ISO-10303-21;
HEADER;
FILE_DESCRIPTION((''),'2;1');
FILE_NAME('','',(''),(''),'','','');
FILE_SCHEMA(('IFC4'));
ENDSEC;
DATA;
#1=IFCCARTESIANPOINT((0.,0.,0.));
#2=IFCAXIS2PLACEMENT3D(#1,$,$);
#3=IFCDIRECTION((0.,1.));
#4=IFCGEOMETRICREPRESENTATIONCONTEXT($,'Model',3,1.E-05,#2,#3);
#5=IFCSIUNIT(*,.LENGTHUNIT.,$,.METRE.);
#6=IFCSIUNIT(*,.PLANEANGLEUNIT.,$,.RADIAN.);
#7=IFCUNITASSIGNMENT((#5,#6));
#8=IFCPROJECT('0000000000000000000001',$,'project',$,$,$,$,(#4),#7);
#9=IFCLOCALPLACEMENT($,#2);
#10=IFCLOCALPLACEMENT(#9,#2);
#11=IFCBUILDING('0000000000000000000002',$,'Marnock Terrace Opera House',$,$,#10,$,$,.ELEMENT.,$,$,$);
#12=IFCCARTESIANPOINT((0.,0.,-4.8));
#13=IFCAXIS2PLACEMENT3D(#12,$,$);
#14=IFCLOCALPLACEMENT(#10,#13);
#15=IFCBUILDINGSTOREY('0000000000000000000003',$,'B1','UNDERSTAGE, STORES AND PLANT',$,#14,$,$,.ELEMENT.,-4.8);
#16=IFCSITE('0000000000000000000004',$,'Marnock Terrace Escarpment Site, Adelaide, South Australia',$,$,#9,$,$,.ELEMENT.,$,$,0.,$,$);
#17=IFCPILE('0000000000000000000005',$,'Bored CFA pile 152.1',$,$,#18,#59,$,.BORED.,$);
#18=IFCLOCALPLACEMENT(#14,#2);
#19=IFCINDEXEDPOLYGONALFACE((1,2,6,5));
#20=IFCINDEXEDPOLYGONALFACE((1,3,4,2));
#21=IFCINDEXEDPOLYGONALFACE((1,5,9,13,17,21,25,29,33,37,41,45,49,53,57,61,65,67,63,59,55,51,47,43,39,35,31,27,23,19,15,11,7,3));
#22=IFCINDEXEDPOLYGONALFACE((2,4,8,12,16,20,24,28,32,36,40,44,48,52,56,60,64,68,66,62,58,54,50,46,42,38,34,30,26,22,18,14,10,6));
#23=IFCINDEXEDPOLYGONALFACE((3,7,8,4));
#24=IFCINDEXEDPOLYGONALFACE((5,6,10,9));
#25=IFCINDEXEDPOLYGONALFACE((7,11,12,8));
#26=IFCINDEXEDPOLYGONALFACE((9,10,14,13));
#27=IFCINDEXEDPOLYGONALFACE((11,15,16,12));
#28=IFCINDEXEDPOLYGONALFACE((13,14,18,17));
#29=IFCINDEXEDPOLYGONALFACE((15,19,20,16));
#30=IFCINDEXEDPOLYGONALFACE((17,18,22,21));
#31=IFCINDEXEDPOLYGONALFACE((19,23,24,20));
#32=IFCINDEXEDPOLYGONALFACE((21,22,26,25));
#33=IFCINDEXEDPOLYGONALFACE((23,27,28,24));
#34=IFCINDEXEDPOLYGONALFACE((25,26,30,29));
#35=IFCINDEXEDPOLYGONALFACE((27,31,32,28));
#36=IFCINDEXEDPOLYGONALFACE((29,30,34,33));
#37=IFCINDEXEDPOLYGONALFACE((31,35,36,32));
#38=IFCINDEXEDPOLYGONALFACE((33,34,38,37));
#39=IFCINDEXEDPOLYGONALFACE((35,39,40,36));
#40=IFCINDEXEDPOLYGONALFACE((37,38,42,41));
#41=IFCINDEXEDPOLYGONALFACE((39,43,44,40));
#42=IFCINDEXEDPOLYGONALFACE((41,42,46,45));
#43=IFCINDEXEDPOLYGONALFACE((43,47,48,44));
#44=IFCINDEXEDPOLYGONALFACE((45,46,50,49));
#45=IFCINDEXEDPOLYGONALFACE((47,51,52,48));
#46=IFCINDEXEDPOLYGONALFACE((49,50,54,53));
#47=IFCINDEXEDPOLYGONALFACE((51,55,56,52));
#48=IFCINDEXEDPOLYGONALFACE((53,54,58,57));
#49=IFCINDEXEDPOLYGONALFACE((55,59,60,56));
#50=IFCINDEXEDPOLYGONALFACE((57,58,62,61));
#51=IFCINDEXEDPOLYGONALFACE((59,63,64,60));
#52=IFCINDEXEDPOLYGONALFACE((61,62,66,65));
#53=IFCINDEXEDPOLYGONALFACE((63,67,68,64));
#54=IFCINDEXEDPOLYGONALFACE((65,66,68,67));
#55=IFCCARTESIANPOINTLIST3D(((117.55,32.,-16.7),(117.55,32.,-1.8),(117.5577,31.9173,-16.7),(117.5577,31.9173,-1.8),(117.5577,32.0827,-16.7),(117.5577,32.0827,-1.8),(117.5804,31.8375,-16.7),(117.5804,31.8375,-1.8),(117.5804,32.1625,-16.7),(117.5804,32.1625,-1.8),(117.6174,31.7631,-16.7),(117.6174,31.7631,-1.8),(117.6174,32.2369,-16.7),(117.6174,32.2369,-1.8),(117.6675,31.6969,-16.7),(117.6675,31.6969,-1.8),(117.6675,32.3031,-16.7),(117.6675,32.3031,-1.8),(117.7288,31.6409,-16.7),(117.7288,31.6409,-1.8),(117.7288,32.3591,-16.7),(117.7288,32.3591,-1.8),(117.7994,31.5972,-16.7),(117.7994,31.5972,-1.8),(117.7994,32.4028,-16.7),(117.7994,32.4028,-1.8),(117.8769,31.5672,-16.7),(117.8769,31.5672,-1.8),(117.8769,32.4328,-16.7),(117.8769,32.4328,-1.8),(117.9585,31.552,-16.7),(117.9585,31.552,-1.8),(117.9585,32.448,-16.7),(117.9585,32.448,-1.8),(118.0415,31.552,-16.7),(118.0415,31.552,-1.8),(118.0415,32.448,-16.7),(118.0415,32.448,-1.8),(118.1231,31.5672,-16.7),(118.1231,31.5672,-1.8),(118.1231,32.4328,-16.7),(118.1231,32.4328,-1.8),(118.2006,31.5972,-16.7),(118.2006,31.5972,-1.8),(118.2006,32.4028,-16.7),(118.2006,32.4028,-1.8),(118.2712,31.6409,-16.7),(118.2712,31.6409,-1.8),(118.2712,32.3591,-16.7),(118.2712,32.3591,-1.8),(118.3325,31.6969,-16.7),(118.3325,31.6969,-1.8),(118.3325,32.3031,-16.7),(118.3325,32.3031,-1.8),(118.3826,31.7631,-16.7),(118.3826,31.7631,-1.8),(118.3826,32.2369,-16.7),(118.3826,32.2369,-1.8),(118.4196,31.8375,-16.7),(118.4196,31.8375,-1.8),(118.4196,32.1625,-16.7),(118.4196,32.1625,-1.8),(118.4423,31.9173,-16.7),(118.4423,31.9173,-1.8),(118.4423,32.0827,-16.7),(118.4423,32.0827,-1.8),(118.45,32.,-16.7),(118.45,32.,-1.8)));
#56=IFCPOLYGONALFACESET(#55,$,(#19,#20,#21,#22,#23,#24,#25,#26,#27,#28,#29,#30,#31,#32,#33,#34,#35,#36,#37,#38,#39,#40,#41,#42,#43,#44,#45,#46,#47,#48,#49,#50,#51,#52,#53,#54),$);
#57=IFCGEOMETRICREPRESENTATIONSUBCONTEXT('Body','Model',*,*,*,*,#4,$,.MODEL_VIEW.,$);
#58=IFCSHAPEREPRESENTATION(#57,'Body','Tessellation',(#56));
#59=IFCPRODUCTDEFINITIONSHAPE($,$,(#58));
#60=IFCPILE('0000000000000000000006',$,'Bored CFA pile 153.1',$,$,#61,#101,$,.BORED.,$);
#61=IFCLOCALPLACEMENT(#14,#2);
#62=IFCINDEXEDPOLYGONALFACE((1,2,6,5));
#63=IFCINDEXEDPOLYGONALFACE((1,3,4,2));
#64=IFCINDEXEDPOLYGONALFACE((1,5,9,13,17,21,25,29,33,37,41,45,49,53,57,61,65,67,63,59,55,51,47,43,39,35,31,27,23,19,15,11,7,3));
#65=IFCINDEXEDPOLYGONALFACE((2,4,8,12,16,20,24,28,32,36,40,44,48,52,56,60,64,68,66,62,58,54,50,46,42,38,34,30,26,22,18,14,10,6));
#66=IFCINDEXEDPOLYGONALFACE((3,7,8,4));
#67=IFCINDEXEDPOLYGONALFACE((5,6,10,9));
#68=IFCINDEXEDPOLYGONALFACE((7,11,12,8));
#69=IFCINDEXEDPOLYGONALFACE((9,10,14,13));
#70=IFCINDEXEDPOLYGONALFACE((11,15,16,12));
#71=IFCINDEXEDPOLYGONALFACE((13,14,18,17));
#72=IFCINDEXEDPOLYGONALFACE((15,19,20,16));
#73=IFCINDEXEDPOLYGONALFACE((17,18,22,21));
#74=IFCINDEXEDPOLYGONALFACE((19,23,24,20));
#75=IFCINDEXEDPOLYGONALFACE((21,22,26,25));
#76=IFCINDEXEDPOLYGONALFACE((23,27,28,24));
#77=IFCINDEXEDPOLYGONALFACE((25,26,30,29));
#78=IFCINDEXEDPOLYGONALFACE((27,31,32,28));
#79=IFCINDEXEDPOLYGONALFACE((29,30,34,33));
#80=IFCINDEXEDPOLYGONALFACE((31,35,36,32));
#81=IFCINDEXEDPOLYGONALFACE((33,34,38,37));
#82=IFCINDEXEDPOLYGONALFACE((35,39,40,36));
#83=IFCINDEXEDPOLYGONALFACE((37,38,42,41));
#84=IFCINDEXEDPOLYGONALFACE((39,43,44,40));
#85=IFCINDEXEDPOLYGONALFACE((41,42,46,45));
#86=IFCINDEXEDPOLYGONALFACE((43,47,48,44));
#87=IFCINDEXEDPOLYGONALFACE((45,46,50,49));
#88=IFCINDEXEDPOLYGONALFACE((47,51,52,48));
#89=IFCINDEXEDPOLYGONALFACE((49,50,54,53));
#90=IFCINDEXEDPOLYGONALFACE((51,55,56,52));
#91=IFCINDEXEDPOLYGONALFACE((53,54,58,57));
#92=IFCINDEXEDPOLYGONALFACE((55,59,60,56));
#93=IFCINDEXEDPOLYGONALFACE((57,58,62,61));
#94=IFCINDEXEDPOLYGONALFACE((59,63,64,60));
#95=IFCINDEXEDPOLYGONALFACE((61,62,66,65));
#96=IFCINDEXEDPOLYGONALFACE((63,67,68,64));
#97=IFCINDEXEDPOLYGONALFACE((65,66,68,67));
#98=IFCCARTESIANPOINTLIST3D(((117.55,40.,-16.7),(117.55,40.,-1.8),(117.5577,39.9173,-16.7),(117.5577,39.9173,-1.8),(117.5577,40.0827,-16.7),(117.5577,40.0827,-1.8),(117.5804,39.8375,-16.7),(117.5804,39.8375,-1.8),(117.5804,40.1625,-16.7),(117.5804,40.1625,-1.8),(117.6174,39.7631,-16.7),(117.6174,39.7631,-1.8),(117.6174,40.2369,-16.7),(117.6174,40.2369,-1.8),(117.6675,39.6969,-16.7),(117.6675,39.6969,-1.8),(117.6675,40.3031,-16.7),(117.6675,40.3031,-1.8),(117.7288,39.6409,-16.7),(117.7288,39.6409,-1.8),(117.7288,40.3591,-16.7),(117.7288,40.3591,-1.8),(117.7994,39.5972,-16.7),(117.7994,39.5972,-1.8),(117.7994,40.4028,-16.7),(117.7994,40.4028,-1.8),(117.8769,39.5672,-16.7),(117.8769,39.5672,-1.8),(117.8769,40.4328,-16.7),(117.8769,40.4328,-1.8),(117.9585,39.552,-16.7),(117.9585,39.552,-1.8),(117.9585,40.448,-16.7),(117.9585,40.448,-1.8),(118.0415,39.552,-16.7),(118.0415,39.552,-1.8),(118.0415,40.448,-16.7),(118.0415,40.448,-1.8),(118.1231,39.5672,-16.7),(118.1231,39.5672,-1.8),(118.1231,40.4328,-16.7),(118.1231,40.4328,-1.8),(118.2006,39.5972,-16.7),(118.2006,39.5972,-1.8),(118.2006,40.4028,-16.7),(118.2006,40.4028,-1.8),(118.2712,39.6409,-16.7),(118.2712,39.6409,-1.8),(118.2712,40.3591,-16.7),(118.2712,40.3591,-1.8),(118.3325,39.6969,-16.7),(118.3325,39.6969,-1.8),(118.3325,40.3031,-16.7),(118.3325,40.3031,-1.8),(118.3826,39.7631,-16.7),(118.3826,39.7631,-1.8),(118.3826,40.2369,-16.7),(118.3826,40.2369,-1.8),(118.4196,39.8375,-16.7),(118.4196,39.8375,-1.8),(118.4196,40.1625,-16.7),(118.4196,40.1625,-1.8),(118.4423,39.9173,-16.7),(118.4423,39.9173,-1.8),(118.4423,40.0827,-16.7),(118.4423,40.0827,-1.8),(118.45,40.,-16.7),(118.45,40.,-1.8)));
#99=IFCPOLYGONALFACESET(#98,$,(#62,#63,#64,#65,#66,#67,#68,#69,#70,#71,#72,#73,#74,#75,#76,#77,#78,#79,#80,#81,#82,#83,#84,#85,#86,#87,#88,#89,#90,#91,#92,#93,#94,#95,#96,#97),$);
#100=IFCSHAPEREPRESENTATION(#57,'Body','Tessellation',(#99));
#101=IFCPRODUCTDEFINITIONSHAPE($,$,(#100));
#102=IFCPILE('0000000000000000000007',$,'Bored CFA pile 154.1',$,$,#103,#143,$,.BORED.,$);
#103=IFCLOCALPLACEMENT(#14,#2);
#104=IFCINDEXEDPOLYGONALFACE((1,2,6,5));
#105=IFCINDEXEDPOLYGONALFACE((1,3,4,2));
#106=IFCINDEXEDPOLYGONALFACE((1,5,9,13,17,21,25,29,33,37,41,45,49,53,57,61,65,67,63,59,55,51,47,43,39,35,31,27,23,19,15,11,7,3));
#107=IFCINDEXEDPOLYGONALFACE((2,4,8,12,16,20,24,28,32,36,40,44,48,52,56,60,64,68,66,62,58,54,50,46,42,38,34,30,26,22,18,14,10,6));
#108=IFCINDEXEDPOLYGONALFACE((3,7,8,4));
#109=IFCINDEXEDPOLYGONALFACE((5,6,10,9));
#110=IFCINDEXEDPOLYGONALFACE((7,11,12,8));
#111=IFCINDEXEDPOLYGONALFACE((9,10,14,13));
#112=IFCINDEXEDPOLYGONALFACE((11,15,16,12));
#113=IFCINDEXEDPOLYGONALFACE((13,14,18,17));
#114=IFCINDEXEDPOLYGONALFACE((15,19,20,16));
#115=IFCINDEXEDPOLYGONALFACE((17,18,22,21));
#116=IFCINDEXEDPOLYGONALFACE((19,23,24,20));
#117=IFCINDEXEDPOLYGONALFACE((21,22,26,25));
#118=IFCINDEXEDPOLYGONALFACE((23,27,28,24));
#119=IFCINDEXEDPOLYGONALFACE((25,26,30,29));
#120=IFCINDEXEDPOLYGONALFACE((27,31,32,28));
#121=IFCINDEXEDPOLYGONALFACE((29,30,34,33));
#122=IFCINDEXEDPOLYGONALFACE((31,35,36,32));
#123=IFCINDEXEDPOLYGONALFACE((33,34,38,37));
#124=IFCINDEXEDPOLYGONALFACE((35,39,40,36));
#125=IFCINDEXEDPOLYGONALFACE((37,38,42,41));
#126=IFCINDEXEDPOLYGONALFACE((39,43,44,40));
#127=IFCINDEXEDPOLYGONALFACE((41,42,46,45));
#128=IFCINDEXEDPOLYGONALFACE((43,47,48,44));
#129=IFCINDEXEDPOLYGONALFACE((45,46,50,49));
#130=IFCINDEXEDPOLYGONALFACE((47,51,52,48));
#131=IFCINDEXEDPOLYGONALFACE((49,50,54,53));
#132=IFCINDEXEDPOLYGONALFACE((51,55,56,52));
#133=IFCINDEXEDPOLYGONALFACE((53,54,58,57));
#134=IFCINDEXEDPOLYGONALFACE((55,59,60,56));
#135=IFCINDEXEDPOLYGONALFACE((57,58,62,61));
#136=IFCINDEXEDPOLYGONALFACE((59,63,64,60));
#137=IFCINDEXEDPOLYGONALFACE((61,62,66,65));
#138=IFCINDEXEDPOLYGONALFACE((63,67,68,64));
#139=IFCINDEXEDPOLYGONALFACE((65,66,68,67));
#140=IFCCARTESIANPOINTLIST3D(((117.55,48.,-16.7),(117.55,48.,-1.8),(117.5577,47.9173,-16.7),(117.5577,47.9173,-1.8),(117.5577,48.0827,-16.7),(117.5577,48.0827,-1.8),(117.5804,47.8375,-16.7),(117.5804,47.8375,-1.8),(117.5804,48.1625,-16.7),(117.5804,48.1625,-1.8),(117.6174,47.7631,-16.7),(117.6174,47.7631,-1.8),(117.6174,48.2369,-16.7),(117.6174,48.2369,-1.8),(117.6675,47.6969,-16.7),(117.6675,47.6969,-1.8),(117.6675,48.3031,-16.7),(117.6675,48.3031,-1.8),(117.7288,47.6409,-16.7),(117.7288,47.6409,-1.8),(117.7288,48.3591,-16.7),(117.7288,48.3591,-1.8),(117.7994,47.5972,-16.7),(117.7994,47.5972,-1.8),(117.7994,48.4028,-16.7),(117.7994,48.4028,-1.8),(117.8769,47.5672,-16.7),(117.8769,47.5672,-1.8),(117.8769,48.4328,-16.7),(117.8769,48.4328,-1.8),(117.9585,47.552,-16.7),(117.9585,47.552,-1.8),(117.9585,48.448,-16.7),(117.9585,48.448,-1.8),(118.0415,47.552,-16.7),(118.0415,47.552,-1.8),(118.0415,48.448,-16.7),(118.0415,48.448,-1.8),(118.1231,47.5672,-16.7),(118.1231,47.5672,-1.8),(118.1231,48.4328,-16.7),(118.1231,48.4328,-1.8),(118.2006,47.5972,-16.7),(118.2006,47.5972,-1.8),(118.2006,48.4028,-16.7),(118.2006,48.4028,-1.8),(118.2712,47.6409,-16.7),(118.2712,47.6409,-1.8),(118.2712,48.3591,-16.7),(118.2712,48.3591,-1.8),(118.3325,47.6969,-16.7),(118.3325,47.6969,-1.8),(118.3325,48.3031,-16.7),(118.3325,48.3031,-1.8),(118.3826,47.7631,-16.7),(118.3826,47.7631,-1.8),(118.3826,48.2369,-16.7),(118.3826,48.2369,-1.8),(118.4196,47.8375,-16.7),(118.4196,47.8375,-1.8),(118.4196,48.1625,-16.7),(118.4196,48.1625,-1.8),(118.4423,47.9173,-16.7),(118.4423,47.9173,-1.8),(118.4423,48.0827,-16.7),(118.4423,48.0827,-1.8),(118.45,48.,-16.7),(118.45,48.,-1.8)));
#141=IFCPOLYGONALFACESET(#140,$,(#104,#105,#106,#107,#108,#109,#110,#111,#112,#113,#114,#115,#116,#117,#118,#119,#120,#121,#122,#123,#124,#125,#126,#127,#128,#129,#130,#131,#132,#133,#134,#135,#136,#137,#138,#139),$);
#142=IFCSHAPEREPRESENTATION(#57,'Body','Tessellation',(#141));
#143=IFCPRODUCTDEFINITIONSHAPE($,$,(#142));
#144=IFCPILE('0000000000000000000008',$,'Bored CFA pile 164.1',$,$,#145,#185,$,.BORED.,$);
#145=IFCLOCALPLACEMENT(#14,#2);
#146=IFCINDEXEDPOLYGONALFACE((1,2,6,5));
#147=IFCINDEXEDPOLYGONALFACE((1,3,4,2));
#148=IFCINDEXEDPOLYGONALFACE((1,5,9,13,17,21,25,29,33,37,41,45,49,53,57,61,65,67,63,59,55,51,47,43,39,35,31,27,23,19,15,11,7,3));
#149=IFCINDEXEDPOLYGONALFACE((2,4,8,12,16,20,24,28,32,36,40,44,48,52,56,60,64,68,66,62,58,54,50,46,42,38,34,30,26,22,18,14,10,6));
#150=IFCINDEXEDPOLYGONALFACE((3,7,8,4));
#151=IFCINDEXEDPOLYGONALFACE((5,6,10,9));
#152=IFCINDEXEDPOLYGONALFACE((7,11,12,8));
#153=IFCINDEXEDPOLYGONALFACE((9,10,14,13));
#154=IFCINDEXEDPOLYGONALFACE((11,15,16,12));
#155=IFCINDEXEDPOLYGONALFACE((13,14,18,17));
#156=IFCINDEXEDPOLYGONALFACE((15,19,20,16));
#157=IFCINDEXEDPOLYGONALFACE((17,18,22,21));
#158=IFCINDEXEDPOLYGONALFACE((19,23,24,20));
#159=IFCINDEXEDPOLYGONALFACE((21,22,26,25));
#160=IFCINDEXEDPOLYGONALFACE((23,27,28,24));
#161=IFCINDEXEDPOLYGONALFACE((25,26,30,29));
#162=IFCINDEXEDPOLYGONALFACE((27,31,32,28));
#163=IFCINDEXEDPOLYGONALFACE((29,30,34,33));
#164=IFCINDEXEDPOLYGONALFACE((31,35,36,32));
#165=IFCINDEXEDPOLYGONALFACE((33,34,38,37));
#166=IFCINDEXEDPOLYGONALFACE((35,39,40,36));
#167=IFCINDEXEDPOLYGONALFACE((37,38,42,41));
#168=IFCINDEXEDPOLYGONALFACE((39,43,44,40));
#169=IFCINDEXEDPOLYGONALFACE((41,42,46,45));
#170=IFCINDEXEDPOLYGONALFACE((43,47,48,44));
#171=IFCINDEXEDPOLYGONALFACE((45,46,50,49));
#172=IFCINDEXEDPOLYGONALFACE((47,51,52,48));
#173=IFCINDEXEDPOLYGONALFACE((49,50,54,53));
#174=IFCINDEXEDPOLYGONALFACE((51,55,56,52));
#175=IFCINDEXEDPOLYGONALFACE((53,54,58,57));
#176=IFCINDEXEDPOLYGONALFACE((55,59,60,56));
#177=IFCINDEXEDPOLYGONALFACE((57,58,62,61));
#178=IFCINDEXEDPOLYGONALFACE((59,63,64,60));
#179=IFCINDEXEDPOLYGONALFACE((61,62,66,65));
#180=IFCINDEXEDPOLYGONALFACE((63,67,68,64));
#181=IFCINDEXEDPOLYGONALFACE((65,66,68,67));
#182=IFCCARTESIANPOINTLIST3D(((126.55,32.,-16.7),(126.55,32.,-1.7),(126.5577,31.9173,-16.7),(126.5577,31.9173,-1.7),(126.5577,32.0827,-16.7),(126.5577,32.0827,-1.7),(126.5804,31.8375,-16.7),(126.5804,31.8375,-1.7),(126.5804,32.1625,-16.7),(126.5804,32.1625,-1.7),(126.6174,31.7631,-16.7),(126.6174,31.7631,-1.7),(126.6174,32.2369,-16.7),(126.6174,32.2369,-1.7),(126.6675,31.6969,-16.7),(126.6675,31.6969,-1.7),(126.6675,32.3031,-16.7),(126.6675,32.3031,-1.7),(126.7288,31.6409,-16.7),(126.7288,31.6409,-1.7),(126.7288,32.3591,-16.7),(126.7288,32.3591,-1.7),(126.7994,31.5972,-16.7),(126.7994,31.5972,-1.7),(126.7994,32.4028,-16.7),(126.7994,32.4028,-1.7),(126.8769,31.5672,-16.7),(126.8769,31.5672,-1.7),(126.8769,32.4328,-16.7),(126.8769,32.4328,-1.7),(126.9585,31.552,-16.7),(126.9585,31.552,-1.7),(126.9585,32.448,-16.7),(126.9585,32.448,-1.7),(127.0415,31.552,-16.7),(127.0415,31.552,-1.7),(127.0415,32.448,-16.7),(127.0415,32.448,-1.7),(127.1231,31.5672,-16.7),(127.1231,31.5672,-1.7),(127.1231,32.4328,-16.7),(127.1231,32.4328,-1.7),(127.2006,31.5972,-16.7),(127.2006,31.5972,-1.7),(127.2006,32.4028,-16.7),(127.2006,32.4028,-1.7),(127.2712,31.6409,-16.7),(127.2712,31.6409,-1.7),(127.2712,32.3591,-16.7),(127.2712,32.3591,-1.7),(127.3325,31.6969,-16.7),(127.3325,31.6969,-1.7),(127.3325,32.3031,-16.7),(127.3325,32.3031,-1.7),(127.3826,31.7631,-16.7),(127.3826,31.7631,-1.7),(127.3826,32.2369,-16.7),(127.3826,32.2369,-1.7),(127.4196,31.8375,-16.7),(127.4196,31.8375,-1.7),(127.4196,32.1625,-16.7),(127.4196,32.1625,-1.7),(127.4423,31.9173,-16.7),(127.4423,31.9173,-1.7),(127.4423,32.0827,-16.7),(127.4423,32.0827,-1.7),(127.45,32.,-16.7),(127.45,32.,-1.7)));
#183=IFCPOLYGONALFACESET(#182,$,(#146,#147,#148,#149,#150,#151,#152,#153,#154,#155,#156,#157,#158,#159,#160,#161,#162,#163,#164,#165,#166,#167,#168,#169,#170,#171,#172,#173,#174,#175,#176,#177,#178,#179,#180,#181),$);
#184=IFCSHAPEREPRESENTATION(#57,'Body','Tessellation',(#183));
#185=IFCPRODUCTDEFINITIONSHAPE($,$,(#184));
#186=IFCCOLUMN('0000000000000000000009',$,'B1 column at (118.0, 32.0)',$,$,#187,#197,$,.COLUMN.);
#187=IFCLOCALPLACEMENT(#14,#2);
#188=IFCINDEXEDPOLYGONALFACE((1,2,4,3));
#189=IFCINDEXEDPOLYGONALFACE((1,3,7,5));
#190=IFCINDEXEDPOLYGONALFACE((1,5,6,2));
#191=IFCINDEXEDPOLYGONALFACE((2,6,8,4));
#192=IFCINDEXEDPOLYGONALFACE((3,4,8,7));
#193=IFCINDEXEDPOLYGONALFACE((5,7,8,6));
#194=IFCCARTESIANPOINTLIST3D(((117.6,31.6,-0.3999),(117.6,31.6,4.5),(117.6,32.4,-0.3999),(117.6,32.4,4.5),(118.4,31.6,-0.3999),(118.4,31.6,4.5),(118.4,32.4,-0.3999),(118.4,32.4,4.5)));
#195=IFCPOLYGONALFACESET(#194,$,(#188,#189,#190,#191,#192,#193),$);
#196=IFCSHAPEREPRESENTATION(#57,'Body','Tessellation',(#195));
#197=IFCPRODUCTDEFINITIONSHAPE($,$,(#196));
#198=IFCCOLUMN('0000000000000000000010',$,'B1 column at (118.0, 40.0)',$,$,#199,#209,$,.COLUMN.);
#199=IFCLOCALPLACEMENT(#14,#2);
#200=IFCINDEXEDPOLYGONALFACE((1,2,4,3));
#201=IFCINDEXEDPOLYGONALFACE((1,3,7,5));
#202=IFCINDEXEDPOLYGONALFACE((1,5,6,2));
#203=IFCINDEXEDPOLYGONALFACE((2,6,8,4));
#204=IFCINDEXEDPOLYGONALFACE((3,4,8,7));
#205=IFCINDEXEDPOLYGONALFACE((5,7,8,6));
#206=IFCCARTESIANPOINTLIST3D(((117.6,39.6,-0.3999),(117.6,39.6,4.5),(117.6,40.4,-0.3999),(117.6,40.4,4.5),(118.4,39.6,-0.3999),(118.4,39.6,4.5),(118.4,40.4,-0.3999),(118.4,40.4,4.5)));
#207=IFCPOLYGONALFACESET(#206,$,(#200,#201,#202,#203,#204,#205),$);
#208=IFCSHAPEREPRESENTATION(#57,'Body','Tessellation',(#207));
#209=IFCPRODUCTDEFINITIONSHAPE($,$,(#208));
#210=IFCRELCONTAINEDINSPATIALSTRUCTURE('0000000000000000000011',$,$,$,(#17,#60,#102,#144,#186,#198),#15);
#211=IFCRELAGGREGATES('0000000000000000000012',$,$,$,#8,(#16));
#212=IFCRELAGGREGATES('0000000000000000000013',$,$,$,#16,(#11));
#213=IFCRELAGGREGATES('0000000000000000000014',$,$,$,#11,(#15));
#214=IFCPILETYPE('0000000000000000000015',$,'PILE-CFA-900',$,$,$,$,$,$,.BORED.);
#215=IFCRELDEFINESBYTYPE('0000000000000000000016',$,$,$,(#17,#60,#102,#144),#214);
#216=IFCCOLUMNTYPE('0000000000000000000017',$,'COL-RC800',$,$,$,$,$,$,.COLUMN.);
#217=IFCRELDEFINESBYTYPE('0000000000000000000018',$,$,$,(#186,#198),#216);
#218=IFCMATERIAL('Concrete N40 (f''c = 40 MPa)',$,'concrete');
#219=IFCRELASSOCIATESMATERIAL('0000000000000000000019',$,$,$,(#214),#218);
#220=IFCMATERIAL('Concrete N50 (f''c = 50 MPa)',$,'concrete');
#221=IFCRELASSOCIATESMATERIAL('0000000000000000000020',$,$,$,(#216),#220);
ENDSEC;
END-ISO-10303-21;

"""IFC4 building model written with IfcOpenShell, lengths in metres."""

from ifc_helpers import new_model, si_unit, direction, frame, origin, origin_2d, place, context, subcontext, project, spatial, rectangle, circle, extrude, material, material_profile, profile_set, type_object, element, save


model = new_model("IFC4")

# Units and contexts
model_context = context("Model", 3, precision=1e-05, world=origin(), true_north=direction((0.0, 1.0)))
body_context = subcontext(model_context, "Body", "Model", "MODEL_VIEW")
ifc_project = project(units=[si_unit("LENGTHUNIT", "METRE"), si_unit("PLANEANGLEUNIT", "RADIAN")], contexts=[model_context])

# Site, building, storey
site_placement = place(None, origin())
site = spatial("IfcSite", under=ifc_project, at=site_placement, Name="Marnock Terrace Escarpment Site, Adelaide, South Australia", CompositionType="ELEMENT", RefElevation=0.0)
building_placement = place(site_placement, origin())
building = spatial("IfcBuilding", under=site, at=building_placement, Name="Marnock Terrace Opera House", CompositionType="ELEMENT")
storey_placement = place(building_placement, frame((0.0, 0.0, -4.8)))
storey = spatial("IfcBuildingStorey", under=building, at=storey_placement, Name="B1", Description="UNDERSTAGE, STORES AND PLANT", CompositionType="ELEMENT", Elevation=-4.8)

# Shared definitions
ifc_material_1 = material(Name="Concrete N40 (f'c = 40 MPa)", Category="concrete")

# Piles
ifc_material_profile_1 = material_profile(ifc_material_1, circle(Radius=0.45, at=origin_2d()))
ifc_profile_set_1 = profile_set([ifc_material_profile_1], Name="Concrete N40 (f'c = 40 MPa)")
pile_type = type_object("IfcPileType", Name="PILE-CFA-900", PredefinedType="BORED", material=ifc_profile_set_1)
for number, where, z_axis, x_axis, name in (
    (1, (118.0, 32.0, -1.8), (0.0, 0.0, -1.0), (1.0, 0.0, 0.0), "Bored CFA pile 152.1"),
    (2, (118.0, 40.0, -1.8), (0.0, 0.0, -1.0), (1.0, 0.0, 0.0), "Bored CFA pile 153.1"),
    (3, (118.0, 48.0, -1.8), (0.0, 0.0, -1.0), (1.0, 0.0, 0.0), "Bored CFA pile 154.1"),
):
    element("IfcPile", number, at=place(storey_placement, frame(where, z_axis=z_axis, x_axis=x_axis)), inside=storey, type_object=pile_type, Name=name, PredefinedType="BORED", context=body_context, shape_type="SweptSolid", body=[
        extrude(circle(Radius=0.45, at=origin_2d()), origin(), (0.0, 0.0, 1.0), 14.8999),
    ])
pile_placement = place(storey_placement, frame((127.0, 32.0, -1.7), z_axis=(0.0, 0.0, -1.0), x_axis=(1.0, 0.0, 0.0)))
element("IfcPile", 4, at=pile_placement, inside=storey, type_object=pile_type, Name="Bored CFA pile 164.1", PredefinedType="BORED", context=body_context, shape_type="SweptSolid", body=[
    extrude(circle(Radius=0.45, at=origin_2d()), origin(), (0.0, 0.0, 1.0), 15.0),
])

# Columns
ifc_material_2 = material(Name="Concrete N50 (f'c = 50 MPa)", Category="concrete")
ifc_material_profile_2 = material_profile(ifc_material_2, rectangle(XDim=0.8, YDim=0.8, at=origin_2d()))
ifc_profile_set_2 = profile_set([ifc_material_profile_2], Name="Concrete N50 (f'c = 50 MPa)")
column_type = type_object("IfcColumnType", Name="COL-RC800", PredefinedType="COLUMN", material=ifc_profile_set_2)
for number, where, z_axis, x_axis, name in (
    (5, (118.0, 32.0, -0.3999), (0.0, 0.0, 1.0), (1.0, 0.0, 0.0), "B1 column at (118.0, 32.0)"),
    (6, (118.0, 40.0, -0.3999), (0.0, 0.0, 1.0), (1.0, 0.0, 0.0), "B1 column at (118.0, 40.0)"),
):
    element("IfcColumn", number, at=place(storey_placement, frame(where, z_axis=z_axis, x_axis=x_axis)), inside=storey, type_object=column_type, Name=name, PredefinedType="COLUMN", context=body_context, shape_type="SweptSolid", body=[
        extrude(rectangle(XDim=0.8, YDim=0.8, at=origin_2d()), origin(), (0.0, 0.0, 1.0), 4.8999),
    ])

save(model, "model.ifc")
